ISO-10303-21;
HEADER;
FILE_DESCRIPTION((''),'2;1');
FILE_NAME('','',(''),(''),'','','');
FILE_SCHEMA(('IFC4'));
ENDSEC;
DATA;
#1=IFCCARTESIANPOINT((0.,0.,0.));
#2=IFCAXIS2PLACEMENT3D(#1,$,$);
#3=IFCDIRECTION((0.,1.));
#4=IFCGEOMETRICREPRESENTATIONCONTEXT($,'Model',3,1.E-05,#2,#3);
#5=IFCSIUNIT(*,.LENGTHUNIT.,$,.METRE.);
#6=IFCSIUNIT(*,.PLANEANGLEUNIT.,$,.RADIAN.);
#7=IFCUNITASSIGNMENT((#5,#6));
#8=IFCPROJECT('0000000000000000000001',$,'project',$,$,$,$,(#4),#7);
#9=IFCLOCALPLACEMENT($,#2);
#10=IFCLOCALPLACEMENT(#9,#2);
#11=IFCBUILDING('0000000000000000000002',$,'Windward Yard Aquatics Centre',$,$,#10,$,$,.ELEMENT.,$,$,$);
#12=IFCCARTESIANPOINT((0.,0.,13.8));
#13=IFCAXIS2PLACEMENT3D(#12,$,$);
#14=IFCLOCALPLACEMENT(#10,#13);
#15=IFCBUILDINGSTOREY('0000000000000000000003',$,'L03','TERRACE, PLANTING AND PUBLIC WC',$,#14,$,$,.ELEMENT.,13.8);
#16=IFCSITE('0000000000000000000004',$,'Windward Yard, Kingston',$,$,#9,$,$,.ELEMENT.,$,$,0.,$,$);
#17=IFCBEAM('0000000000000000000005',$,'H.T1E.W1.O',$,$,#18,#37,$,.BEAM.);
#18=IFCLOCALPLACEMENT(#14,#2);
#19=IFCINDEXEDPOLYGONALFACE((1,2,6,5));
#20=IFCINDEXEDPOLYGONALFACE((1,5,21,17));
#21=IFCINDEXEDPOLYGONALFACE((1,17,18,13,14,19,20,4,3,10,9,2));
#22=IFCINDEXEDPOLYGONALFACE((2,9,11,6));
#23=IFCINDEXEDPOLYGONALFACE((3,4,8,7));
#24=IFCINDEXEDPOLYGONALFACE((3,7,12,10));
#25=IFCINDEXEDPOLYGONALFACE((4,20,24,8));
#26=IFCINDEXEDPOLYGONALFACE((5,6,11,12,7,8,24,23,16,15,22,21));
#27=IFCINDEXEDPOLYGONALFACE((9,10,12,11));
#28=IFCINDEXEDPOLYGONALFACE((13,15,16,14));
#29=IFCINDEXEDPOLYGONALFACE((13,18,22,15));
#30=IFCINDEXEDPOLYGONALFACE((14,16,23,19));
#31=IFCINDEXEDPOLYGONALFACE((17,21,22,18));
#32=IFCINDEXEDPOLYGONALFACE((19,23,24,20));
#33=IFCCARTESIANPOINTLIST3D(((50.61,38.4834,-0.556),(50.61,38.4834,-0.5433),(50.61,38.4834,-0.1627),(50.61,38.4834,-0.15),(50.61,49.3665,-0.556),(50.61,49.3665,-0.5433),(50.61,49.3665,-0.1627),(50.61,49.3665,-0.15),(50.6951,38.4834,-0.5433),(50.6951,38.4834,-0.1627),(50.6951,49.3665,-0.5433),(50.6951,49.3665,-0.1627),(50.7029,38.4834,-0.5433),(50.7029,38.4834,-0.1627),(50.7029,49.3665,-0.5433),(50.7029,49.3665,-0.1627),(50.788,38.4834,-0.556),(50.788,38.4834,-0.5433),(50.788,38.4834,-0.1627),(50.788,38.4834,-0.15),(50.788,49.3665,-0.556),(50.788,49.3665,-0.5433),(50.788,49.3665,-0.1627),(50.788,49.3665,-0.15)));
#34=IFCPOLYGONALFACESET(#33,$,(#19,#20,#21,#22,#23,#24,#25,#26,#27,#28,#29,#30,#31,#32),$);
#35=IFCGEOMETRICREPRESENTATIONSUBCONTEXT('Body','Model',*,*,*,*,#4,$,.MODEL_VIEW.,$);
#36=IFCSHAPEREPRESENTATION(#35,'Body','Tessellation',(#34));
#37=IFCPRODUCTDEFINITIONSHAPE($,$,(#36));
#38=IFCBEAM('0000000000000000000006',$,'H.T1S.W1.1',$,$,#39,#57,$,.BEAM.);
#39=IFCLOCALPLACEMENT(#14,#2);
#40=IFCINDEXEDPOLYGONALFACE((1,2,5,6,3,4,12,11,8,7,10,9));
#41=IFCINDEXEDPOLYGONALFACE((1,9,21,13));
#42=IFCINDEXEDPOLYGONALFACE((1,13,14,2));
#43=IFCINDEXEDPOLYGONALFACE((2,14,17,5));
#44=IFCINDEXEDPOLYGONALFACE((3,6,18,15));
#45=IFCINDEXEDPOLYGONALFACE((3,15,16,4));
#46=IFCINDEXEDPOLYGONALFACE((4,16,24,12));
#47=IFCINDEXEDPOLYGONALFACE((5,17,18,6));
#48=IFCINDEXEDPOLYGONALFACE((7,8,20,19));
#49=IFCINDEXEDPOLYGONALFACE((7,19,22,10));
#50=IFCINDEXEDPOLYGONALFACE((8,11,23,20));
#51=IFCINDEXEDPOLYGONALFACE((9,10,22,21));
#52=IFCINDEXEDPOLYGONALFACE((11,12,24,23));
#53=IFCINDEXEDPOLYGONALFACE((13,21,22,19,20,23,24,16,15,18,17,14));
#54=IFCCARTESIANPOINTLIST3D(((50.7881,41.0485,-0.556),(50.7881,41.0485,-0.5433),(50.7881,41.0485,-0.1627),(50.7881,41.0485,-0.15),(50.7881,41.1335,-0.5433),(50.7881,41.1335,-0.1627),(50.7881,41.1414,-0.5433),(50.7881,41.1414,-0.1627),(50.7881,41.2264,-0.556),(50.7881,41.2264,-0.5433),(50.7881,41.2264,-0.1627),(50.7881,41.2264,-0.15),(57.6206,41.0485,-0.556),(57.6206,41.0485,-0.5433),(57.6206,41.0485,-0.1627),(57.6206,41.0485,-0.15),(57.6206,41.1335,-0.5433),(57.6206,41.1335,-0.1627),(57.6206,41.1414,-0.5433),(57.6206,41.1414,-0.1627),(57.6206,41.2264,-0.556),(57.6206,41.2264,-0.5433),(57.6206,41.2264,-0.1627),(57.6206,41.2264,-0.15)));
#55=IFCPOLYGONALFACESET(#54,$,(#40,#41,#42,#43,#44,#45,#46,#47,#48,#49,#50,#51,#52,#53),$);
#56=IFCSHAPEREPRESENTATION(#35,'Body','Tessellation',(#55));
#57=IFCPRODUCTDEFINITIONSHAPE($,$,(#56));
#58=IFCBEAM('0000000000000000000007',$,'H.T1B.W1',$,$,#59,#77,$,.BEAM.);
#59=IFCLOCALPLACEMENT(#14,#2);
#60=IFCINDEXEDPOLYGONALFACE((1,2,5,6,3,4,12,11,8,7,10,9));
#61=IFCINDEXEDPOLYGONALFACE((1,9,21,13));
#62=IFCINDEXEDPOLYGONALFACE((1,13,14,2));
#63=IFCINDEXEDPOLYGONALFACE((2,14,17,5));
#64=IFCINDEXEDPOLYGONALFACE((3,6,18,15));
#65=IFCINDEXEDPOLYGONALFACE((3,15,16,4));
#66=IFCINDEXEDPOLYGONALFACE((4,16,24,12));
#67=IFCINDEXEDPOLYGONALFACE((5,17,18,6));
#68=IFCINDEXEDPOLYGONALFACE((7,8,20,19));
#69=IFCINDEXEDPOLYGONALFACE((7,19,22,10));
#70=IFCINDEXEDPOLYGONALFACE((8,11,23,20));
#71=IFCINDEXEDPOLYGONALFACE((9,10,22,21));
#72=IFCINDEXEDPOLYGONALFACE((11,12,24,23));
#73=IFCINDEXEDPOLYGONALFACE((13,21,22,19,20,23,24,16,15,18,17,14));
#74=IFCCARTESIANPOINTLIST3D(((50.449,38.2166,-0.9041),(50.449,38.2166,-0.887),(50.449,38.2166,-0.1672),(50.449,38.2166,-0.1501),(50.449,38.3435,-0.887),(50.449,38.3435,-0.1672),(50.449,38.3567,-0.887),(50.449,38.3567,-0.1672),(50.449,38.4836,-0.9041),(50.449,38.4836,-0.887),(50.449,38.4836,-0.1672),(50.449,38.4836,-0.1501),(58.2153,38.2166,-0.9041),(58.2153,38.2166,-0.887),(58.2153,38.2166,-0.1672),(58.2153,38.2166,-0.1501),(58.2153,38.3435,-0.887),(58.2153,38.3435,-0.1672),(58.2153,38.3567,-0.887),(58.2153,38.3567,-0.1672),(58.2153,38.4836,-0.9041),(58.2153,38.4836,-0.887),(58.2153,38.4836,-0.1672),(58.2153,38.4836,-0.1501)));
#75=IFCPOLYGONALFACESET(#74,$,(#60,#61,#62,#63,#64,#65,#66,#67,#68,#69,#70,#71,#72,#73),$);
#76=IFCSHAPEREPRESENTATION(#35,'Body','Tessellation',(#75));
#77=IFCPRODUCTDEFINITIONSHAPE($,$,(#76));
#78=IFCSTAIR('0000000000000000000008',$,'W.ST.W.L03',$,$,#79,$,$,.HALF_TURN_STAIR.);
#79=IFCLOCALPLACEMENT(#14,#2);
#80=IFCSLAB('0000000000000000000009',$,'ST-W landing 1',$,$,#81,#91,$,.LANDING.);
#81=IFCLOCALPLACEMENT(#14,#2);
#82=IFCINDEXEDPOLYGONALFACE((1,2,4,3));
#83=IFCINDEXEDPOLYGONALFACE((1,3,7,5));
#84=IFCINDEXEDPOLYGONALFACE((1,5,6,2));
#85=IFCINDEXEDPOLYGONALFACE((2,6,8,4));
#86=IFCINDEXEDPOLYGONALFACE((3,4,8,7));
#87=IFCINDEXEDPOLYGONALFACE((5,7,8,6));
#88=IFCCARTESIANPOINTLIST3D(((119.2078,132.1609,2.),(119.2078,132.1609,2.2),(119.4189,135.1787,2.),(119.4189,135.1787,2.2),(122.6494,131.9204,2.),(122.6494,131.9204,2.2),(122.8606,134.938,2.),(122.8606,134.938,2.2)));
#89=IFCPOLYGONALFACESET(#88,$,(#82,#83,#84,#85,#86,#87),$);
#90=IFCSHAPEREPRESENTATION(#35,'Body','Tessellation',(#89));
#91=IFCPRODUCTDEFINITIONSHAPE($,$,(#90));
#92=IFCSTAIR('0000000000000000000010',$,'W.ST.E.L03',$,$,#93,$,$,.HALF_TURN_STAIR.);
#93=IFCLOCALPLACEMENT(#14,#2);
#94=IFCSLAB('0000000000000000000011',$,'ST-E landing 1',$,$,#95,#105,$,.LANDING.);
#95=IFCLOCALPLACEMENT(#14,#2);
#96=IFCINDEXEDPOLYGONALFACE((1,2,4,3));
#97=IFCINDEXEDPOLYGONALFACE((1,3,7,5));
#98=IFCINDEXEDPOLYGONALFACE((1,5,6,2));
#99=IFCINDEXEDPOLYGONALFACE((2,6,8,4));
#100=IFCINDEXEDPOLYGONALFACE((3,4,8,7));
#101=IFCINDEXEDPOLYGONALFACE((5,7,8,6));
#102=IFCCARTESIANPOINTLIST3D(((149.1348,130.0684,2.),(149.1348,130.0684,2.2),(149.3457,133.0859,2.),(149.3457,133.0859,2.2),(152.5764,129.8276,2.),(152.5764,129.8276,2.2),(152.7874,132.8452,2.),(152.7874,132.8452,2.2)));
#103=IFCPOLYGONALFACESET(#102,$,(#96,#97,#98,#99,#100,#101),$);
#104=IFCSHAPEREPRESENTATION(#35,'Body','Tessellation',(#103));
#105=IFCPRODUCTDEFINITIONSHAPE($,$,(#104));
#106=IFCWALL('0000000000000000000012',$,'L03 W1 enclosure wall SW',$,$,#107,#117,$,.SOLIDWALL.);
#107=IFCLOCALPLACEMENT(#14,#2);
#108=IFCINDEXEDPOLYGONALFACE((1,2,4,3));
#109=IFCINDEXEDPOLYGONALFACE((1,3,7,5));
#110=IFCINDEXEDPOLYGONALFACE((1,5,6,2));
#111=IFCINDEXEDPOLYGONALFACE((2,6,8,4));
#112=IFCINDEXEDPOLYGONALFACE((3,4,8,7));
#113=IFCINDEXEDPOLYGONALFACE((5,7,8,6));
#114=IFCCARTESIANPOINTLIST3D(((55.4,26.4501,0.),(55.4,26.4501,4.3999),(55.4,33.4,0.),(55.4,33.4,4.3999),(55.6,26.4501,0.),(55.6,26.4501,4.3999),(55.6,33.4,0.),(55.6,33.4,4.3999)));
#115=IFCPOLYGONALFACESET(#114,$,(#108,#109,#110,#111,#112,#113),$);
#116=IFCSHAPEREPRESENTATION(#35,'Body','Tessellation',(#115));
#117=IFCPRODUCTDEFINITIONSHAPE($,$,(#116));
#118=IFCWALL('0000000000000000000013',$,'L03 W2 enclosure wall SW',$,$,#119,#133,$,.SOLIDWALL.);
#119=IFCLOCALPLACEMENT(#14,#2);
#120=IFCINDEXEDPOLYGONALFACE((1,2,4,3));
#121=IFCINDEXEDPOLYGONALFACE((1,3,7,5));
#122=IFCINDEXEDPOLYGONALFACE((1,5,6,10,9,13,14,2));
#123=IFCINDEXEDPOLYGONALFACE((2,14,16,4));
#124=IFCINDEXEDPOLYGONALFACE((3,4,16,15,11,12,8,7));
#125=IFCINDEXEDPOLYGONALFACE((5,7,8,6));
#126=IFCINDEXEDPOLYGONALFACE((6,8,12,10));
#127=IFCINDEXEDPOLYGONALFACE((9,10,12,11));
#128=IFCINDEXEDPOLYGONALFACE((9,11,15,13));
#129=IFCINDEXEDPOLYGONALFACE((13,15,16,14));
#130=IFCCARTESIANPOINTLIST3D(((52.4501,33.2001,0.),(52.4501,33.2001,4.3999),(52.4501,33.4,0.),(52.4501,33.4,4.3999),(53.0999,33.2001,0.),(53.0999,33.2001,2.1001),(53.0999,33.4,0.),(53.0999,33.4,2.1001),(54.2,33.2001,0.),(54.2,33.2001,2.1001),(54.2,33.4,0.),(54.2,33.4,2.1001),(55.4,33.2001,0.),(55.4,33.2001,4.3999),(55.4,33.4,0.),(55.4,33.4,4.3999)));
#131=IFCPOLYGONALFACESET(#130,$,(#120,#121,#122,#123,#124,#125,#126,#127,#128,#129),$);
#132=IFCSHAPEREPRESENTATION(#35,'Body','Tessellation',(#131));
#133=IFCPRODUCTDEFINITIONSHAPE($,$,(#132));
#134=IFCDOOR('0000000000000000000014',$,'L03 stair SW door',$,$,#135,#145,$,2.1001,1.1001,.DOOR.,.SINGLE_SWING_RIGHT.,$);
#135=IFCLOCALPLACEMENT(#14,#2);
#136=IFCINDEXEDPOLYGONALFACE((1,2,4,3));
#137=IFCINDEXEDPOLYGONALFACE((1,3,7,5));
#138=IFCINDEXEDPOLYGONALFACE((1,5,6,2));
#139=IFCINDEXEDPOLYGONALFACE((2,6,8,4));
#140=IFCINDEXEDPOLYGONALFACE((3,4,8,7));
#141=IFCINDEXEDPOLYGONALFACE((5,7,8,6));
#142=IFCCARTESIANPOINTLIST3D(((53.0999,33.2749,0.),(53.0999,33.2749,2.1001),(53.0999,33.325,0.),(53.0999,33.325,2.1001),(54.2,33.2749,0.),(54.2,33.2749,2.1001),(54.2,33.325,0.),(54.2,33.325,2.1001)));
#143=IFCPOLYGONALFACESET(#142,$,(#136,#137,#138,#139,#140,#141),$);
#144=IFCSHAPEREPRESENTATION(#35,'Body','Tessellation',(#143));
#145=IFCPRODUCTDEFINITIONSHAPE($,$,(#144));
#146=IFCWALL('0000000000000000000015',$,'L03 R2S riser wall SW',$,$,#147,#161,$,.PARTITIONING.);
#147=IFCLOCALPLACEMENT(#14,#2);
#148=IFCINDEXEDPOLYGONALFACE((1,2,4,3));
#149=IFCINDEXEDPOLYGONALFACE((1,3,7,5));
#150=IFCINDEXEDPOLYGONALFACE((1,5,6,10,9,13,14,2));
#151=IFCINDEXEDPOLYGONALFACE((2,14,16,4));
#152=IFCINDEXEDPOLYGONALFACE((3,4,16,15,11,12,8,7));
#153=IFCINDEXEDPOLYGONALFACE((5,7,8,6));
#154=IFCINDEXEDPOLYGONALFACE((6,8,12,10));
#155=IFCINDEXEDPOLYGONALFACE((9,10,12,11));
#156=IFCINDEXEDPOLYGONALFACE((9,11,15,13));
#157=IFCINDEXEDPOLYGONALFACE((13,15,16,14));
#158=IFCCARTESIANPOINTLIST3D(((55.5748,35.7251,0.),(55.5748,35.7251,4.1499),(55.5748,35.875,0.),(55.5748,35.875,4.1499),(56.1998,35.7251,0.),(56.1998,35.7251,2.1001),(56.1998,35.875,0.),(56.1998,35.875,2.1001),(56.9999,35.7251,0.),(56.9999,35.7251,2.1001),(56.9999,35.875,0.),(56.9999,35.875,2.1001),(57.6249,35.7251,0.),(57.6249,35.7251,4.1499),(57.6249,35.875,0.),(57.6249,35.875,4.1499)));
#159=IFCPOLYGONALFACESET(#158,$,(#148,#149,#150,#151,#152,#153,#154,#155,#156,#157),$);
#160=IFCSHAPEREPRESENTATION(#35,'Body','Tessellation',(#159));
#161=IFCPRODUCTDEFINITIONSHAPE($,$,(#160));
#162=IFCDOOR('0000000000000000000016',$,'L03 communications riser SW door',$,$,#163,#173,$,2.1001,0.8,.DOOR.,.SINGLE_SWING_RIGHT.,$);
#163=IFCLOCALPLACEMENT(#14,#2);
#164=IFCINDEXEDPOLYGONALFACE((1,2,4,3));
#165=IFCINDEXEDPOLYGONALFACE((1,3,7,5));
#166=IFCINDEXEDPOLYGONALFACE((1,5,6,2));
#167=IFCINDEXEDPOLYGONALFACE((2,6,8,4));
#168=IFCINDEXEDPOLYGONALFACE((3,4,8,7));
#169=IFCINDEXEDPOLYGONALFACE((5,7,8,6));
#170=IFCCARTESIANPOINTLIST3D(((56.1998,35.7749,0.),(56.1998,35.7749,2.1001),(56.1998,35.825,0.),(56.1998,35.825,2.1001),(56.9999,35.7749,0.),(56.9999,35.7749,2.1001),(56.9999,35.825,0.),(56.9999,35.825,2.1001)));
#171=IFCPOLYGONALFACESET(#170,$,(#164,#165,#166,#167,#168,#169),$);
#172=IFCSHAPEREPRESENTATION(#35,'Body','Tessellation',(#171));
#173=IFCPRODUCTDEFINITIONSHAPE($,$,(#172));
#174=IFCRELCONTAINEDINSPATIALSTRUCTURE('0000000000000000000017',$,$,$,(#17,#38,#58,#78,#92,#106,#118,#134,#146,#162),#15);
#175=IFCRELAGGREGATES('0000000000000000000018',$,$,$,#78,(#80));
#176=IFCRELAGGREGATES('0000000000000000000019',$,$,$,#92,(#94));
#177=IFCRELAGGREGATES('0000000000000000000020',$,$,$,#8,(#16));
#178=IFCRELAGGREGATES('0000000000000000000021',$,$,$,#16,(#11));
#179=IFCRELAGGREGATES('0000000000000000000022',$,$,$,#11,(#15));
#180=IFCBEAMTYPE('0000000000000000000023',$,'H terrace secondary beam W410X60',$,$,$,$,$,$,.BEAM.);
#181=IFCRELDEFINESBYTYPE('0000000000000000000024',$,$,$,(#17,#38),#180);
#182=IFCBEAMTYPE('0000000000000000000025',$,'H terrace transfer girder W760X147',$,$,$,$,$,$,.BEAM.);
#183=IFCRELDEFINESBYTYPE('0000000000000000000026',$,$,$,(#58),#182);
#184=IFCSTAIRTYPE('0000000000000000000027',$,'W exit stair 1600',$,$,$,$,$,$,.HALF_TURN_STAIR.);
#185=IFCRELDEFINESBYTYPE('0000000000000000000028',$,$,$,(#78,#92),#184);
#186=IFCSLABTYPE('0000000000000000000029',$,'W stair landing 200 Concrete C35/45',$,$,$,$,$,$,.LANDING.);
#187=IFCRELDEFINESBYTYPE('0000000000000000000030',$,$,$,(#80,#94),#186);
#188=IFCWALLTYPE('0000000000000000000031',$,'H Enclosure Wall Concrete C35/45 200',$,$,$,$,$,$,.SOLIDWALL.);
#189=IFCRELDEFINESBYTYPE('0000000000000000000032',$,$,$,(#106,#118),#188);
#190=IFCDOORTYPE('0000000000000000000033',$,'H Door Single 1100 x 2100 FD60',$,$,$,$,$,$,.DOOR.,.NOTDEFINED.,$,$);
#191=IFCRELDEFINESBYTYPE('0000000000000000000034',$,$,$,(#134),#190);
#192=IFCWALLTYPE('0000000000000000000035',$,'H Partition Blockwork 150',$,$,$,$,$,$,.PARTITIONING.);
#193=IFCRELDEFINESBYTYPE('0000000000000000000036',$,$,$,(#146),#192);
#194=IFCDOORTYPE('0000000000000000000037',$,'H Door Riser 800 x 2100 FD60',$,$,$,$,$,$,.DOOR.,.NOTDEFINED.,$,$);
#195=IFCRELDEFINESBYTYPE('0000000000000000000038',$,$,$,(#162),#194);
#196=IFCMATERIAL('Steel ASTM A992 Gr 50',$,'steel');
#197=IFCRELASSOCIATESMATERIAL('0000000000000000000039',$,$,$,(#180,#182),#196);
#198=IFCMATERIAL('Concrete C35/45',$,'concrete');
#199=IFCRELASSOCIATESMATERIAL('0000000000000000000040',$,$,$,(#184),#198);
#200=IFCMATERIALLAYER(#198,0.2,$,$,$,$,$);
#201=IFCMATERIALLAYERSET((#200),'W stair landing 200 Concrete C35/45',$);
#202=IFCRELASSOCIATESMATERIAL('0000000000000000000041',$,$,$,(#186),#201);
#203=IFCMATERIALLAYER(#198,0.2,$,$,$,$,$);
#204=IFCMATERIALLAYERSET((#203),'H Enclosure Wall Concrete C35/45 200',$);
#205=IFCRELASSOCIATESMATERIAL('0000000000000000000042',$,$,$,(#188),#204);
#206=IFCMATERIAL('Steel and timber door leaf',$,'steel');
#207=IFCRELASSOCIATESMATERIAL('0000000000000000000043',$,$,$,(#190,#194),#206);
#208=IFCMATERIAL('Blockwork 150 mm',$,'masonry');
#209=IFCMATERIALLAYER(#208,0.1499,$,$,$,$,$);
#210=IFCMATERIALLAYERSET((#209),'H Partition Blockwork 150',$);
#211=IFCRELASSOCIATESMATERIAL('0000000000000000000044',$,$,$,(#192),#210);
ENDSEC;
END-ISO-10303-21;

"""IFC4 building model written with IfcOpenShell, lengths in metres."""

from ifc_helpers import new_model, si_unit, direction, frame, frame_2d, origin, origin_2d, place, context, subcontext, project, spatial, polyline, rectangle, i_section, outline, extrude, material, layer, layer_set, material_profile, profile_set, type_object, element, fill, aggregate, save


model = new_model("IFC4")

# Units and contexts
model_context = context("Model", 3, precision=1e-05, world=origin(), true_north=direction((0.0, 1.0)))
body_context = subcontext(model_context, "Body", "Model", "MODEL_VIEW")
ifc_project = project(units=[si_unit("LENGTHUNIT", "METRE"), si_unit("PLANEANGLEUNIT", "RADIAN")], contexts=[model_context])

# Site, building, storey
site_placement = place(None, origin())
site = spatial("IfcSite", under=ifc_project, at=site_placement, Name="Windward Yard, Kingston", CompositionType="ELEMENT", RefElevation=0.0)
building_placement = place(site_placement, origin())
building = spatial("IfcBuilding", under=site, at=building_placement, Name="Windward Yard Aquatics Centre", CompositionType="ELEMENT")
storey_placement = place(building_placement, frame((0.0, 0.0, 13.8)))
storey = spatial("IfcBuildingStorey", under=building, at=storey_placement, Name="L03", Description="TERRACE, PLANTING AND PUBLIC WC", CompositionType="ELEMENT", Elevation=13.8)

# Beams
ifc_material_1 = material(Name="Steel ASTM A992 Gr 50", Category="steel")
ifc_material_profile_1 = material_profile(ifc_material_1, i_section(OverallWidth=0.178, OverallDepth=0.406, WebThickness=0.0078, FlangeThickness=0.0127, at=origin_2d()), Name="W410X60")
ifc_profile_set_1 = profile_set([ifc_material_profile_1], Name="Steel ASTM A992 Gr 50")
beam_type_1 = type_object("IfcBeamType", Name="H terrace secondary beam W410X60", PredefinedType="BEAM", material=ifc_profile_set_1)
beam_1_placement = place(storey_placement, frame((50.699, 38.4834, -0.353), z_axis=(0.0, 1.0, 0.0), x_axis=(-1.0, 0.0, 0.0)))
element("IfcBeam", 1, at=beam_1_placement, inside=storey, type_object=beam_type_1, Name="H.T1E.W1.O", PredefinedType="BEAM", context=body_context, shape_type="SweptSolid", body=[
    extrude(i_section(OverallWidth=0.178, OverallDepth=0.406, WebThickness=0.0078, FlangeThickness=0.0127, at=origin_2d()), origin(), (0.0, 0.0, 1.0), 10.8831),
])
beam_2_placement = place(storey_placement, frame((50.7881, 41.1375, -0.353), z_axis=(1.0, 0.0, 0.0), x_axis=(0.0, 1.0, 0.0)))
element("IfcBeam", 2, at=beam_2_placement, inside=storey, type_object=beam_type_1, Name="H.T1S.W1.1", PredefinedType="BEAM", context=body_context, shape_type="SweptSolid", body=[
    extrude(i_section(OverallWidth=0.178, OverallDepth=0.406, WebThickness=0.0078, FlangeThickness=0.0127, at=origin_2d()), origin(), (0.0, 0.0, 1.0), 6.8325),
])
ifc_material_profile_2 = material_profile(ifc_material_1, i_section(OverallWidth=0.2671, OverallDepth=0.7539, WebThickness=0.0132, FlangeThickness=0.0171, at=origin_2d()), Name="W760X147")
ifc_profile_set_2 = profile_set([ifc_material_profile_2], Name="Steel ASTM A992 Gr 50")
beam_type_2 = type_object("IfcBeamType", Name="H terrace transfer girder W760X147", PredefinedType="BEAM", material=ifc_profile_set_2)
beam_3_placement = place(storey_placement, frame((50.449, 38.3501, -0.5271), z_axis=(1.0, 0.0, 0.0), x_axis=(0.0, 1.0, 0.0)))
element("IfcBeam", 3, at=beam_3_placement, inside=storey, type_object=beam_type_2, Name="H.T1B.W1", PredefinedType="BEAM", context=body_context, shape_type="SweptSolid", body=[
    extrude(i_section(OverallWidth=0.2671, OverallDepth=0.7539, WebThickness=0.0132, FlangeThickness=0.0171, at=origin_2d()), origin(), (0.0, 0.0, 1.0), 7.7664),
])

# Stairs, slabs
ifc_material_2 = material(Name="Concrete C35/45", Category="concrete")
stair_type_1 = type_object("IfcStairType", Name="W exit stair 1600", PredefinedType="HALF_TURN_STAIR", material=ifc_material_2)
stair_1_placement = place(storey_placement, origin())
stair_1 = element("IfcStair", 4, at=stair_1_placement, inside=storey, type_object=stair_type_1, Name="W.ST.W.L03", PredefinedType="HALF_TURN_STAIR")
ifc_layer_1 = layer(ifc_material_2, 0.2)
ifc_layer_set_1 = layer_set([ifc_layer_1], Name="W stair landing 200 Concrete C35/45")
slab_type = type_object("IfcSlabType", Name="W stair landing 200 Concrete C35/45", PredefinedType="LANDING", material=ifc_layer_set_1)
slab_1_placement = place(storey_placement, frame((0.0, 0.0, 2.0)))
slab_1 = element("IfcSlab", 5, at=slab_1_placement, type_object=slab_type, Name="ST-W landing 1", PredefinedType="LANDING", context=body_context, shape_type="SweptSolid", body=[
    extrude(outline(polyline([(119.2078, 132.1609), (122.6494, 131.9204), (122.8606, 134.938), (119.4189, 135.1787), (119.2078, 132.1609)])), origin(), (0.0, 0.0, 1.0), 0.2),
])
aggregate(stair_1, [slab_1])
stair_2_placement = place(storey_placement, origin())
stair_2 = element("IfcStair", 6, at=stair_2_placement, inside=storey, type_object=stair_type_1, Name="W.ST.E.L03", PredefinedType="HALF_TURN_STAIR")
slab_2_placement = place(storey_placement, frame((0.0, 0.0, 2.0)))
slab_2 = element("IfcSlab", 7, at=slab_2_placement, type_object=slab_type, Name="ST-E landing 1", PredefinedType="LANDING", context=body_context, shape_type="SweptSolid", body=[
    extrude(outline(polyline([(149.1348, 130.0684), (152.5764, 129.8276), (152.7874, 132.8452), (149.3457, 133.0859), (149.1348, 130.0684)])), origin(), (0.0, 0.0, 1.0), 0.2),
])
aggregate(stair_2, [slab_2])

# Wall
ifc_layer_2 = layer(ifc_material_2, 0.2)
ifc_layer_set_2 = layer_set([ifc_layer_2], Name="H Enclosure Wall Concrete C35/45 200")
wall_type_1 = type_object("IfcWallType", Name="H Enclosure Wall Concrete C35/45 200", PredefinedType="SOLIDWALL", material=ifc_layer_set_2)
wall_1_placement = place(storey_placement, frame((55.5, 26.45, 0.0), z_axis=(0.0, 0.0, 1.0), x_axis=(0.0, 1.0, 0.0)))
element("IfcWall", 8, at=wall_1_placement, inside=storey, type_object=wall_type_1, Name="L03 W1 enclosure wall SW", PredefinedType="SOLIDWALL", context=body_context, shape_type="SweptSolid", body=[
    extrude(rectangle(XDim=6.95, YDim=0.2, at=frame_2d((3.4751, 0.0))), origin(), (0.0, 0.0, 1.0), 4.3999),
])

# Walls, openings, doors
wall_2_placement = place(storey_placement, frame((52.45, 33.3, 0.0), z_axis=(0.0, 0.0, 1.0), x_axis=(1.0, 0.0, 0.0)))
wall_2 = element("IfcWall", 9, at=wall_2_placement, inside=storey, type_object=wall_type_1, Name="L03 W2 enclosure wall SW", PredefinedType="SOLIDWALL", context=body_context, shape_type="SweptSolid", body=[
    extrude(rectangle(XDim=2.95, YDim=0.2, at=frame_2d((1.4751, 0.0))), origin(), (0.0, 0.0, 1.0), 4.3999),
])
opening_1_placement = place(wall_2_placement, frame((0.6499, 0.0, 0.0)))
opening_1 = element("IfcOpeningElement", 10, at=opening_1_placement, cuts=wall_2, PredefinedType="OPENING", context=body_context, shape_type="SweptSolid", body=[
    extrude(rectangle(XDim=1.1001, YDim=2.1001, at=frame_2d((0.55, 1.05))), frame((0.0, 0.1099, 0.0), z_axis=(0.0, -1.0, 0.0), x_axis=(1.0, 0.0, 0.0)), (0.0, 0.0, 1.0), 0.22),
])
ifc_material_3 = material(Name="Steel and timber door leaf", Category="steel")
door_type_1 = type_object("IfcDoorType", Name="H Door Single 1100 x 2100 FD60", OperationType="NOTDEFINED", PredefinedType="DOOR", material=ifc_material_3)
door_1_placement = place(opening_1_placement, origin())
door_1 = element("IfcDoor", 11, at=door_1_placement, inside=storey, type_object=door_type_1, Name="L03 stair SW door", OperationType="SINGLE_SWING_RIGHT", OverallHeight=2.1001, OverallWidth=1.1001, PredefinedType="DOOR", context=body_context, shape_type="SweptSolid", body=[
    extrude(rectangle(XDim=1.1001, YDim=2.1001, at=frame_2d((0.55, 1.05))), frame((0.0, 0.0249, 0.0), z_axis=(0.0, -1.0, 0.0), x_axis=(1.0, 0.0, 0.0)), (0.0, 0.0, 1.0), 0.05),
])
fill(opening_1, door_1)
ifc_material_4 = material(Name="Blockwork 150 mm", Category="masonry")
ifc_layer_3 = layer(ifc_material_4, 0.1499)
ifc_layer_set_3 = layer_set([ifc_layer_3], Name="H Partition Blockwork 150")
wall_type_2 = type_object("IfcWallType", Name="H Partition Blockwork 150", PredefinedType="PARTITIONING", material=ifc_layer_set_3)
wall_3_placement = place(storey_placement, frame((55.575, 35.8, 0.0), z_axis=(0.0, 0.0, 1.0), x_axis=(1.0, 0.0, 0.0)))
wall_3 = element("IfcWall", 12, at=wall_3_placement, inside=storey, type_object=wall_type_2, Name="L03 R2S riser wall SW", PredefinedType="PARTITIONING", context=body_context, shape_type="SweptSolid", body=[
    extrude(rectangle(XDim=2.05, YDim=0.1499, at=frame_2d((1.0249, 0.0))), origin(), (0.0, 0.0, 1.0), 4.1499),
])
opening_2_placement = place(wall_3_placement, frame((0.625, 0.0, 0.0)))
opening_2 = element("IfcOpeningElement", 13, at=opening_2_placement, cuts=wall_3, PredefinedType="OPENING", context=body_context, shape_type="SweptSolid", body=[
    extrude(rectangle(XDim=0.8, YDim=2.1001, at=frame_2d((0.3999, 1.05))), frame((0.0, 0.085, 0.0), z_axis=(0.0, -1.0, 0.0), x_axis=(1.0, 0.0, 0.0)), (0.0, 0.0, 1.0), 0.1699),
])
door_type_2 = type_object("IfcDoorType", Name="H Door Riser 800 x 2100 FD60", OperationType="NOTDEFINED", PredefinedType="DOOR", material=ifc_material_3)
door_2_placement = place(opening_2_placement, origin())
door_2 = element("IfcDoor", 14, at=door_2_placement, inside=storey, type_object=door_type_2, Name="L03 communications riser SW door", OperationType="SINGLE_SWING_RIGHT", OverallHeight=2.1001, OverallWidth=0.8, PredefinedType="DOOR", context=body_context, shape_type="SweptSolid", body=[
    extrude(rectangle(XDim=0.8, YDim=2.1001, at=frame_2d((0.3999, 1.05))), frame((0.0, 0.0249, 0.0), z_axis=(0.0, -1.0, 0.0), x_axis=(1.0, 0.0, 0.0)), (0.0, 0.0, 1.0), 0.05),
])
fill(opening_2, door_2)

save(model, "model.ifc")
